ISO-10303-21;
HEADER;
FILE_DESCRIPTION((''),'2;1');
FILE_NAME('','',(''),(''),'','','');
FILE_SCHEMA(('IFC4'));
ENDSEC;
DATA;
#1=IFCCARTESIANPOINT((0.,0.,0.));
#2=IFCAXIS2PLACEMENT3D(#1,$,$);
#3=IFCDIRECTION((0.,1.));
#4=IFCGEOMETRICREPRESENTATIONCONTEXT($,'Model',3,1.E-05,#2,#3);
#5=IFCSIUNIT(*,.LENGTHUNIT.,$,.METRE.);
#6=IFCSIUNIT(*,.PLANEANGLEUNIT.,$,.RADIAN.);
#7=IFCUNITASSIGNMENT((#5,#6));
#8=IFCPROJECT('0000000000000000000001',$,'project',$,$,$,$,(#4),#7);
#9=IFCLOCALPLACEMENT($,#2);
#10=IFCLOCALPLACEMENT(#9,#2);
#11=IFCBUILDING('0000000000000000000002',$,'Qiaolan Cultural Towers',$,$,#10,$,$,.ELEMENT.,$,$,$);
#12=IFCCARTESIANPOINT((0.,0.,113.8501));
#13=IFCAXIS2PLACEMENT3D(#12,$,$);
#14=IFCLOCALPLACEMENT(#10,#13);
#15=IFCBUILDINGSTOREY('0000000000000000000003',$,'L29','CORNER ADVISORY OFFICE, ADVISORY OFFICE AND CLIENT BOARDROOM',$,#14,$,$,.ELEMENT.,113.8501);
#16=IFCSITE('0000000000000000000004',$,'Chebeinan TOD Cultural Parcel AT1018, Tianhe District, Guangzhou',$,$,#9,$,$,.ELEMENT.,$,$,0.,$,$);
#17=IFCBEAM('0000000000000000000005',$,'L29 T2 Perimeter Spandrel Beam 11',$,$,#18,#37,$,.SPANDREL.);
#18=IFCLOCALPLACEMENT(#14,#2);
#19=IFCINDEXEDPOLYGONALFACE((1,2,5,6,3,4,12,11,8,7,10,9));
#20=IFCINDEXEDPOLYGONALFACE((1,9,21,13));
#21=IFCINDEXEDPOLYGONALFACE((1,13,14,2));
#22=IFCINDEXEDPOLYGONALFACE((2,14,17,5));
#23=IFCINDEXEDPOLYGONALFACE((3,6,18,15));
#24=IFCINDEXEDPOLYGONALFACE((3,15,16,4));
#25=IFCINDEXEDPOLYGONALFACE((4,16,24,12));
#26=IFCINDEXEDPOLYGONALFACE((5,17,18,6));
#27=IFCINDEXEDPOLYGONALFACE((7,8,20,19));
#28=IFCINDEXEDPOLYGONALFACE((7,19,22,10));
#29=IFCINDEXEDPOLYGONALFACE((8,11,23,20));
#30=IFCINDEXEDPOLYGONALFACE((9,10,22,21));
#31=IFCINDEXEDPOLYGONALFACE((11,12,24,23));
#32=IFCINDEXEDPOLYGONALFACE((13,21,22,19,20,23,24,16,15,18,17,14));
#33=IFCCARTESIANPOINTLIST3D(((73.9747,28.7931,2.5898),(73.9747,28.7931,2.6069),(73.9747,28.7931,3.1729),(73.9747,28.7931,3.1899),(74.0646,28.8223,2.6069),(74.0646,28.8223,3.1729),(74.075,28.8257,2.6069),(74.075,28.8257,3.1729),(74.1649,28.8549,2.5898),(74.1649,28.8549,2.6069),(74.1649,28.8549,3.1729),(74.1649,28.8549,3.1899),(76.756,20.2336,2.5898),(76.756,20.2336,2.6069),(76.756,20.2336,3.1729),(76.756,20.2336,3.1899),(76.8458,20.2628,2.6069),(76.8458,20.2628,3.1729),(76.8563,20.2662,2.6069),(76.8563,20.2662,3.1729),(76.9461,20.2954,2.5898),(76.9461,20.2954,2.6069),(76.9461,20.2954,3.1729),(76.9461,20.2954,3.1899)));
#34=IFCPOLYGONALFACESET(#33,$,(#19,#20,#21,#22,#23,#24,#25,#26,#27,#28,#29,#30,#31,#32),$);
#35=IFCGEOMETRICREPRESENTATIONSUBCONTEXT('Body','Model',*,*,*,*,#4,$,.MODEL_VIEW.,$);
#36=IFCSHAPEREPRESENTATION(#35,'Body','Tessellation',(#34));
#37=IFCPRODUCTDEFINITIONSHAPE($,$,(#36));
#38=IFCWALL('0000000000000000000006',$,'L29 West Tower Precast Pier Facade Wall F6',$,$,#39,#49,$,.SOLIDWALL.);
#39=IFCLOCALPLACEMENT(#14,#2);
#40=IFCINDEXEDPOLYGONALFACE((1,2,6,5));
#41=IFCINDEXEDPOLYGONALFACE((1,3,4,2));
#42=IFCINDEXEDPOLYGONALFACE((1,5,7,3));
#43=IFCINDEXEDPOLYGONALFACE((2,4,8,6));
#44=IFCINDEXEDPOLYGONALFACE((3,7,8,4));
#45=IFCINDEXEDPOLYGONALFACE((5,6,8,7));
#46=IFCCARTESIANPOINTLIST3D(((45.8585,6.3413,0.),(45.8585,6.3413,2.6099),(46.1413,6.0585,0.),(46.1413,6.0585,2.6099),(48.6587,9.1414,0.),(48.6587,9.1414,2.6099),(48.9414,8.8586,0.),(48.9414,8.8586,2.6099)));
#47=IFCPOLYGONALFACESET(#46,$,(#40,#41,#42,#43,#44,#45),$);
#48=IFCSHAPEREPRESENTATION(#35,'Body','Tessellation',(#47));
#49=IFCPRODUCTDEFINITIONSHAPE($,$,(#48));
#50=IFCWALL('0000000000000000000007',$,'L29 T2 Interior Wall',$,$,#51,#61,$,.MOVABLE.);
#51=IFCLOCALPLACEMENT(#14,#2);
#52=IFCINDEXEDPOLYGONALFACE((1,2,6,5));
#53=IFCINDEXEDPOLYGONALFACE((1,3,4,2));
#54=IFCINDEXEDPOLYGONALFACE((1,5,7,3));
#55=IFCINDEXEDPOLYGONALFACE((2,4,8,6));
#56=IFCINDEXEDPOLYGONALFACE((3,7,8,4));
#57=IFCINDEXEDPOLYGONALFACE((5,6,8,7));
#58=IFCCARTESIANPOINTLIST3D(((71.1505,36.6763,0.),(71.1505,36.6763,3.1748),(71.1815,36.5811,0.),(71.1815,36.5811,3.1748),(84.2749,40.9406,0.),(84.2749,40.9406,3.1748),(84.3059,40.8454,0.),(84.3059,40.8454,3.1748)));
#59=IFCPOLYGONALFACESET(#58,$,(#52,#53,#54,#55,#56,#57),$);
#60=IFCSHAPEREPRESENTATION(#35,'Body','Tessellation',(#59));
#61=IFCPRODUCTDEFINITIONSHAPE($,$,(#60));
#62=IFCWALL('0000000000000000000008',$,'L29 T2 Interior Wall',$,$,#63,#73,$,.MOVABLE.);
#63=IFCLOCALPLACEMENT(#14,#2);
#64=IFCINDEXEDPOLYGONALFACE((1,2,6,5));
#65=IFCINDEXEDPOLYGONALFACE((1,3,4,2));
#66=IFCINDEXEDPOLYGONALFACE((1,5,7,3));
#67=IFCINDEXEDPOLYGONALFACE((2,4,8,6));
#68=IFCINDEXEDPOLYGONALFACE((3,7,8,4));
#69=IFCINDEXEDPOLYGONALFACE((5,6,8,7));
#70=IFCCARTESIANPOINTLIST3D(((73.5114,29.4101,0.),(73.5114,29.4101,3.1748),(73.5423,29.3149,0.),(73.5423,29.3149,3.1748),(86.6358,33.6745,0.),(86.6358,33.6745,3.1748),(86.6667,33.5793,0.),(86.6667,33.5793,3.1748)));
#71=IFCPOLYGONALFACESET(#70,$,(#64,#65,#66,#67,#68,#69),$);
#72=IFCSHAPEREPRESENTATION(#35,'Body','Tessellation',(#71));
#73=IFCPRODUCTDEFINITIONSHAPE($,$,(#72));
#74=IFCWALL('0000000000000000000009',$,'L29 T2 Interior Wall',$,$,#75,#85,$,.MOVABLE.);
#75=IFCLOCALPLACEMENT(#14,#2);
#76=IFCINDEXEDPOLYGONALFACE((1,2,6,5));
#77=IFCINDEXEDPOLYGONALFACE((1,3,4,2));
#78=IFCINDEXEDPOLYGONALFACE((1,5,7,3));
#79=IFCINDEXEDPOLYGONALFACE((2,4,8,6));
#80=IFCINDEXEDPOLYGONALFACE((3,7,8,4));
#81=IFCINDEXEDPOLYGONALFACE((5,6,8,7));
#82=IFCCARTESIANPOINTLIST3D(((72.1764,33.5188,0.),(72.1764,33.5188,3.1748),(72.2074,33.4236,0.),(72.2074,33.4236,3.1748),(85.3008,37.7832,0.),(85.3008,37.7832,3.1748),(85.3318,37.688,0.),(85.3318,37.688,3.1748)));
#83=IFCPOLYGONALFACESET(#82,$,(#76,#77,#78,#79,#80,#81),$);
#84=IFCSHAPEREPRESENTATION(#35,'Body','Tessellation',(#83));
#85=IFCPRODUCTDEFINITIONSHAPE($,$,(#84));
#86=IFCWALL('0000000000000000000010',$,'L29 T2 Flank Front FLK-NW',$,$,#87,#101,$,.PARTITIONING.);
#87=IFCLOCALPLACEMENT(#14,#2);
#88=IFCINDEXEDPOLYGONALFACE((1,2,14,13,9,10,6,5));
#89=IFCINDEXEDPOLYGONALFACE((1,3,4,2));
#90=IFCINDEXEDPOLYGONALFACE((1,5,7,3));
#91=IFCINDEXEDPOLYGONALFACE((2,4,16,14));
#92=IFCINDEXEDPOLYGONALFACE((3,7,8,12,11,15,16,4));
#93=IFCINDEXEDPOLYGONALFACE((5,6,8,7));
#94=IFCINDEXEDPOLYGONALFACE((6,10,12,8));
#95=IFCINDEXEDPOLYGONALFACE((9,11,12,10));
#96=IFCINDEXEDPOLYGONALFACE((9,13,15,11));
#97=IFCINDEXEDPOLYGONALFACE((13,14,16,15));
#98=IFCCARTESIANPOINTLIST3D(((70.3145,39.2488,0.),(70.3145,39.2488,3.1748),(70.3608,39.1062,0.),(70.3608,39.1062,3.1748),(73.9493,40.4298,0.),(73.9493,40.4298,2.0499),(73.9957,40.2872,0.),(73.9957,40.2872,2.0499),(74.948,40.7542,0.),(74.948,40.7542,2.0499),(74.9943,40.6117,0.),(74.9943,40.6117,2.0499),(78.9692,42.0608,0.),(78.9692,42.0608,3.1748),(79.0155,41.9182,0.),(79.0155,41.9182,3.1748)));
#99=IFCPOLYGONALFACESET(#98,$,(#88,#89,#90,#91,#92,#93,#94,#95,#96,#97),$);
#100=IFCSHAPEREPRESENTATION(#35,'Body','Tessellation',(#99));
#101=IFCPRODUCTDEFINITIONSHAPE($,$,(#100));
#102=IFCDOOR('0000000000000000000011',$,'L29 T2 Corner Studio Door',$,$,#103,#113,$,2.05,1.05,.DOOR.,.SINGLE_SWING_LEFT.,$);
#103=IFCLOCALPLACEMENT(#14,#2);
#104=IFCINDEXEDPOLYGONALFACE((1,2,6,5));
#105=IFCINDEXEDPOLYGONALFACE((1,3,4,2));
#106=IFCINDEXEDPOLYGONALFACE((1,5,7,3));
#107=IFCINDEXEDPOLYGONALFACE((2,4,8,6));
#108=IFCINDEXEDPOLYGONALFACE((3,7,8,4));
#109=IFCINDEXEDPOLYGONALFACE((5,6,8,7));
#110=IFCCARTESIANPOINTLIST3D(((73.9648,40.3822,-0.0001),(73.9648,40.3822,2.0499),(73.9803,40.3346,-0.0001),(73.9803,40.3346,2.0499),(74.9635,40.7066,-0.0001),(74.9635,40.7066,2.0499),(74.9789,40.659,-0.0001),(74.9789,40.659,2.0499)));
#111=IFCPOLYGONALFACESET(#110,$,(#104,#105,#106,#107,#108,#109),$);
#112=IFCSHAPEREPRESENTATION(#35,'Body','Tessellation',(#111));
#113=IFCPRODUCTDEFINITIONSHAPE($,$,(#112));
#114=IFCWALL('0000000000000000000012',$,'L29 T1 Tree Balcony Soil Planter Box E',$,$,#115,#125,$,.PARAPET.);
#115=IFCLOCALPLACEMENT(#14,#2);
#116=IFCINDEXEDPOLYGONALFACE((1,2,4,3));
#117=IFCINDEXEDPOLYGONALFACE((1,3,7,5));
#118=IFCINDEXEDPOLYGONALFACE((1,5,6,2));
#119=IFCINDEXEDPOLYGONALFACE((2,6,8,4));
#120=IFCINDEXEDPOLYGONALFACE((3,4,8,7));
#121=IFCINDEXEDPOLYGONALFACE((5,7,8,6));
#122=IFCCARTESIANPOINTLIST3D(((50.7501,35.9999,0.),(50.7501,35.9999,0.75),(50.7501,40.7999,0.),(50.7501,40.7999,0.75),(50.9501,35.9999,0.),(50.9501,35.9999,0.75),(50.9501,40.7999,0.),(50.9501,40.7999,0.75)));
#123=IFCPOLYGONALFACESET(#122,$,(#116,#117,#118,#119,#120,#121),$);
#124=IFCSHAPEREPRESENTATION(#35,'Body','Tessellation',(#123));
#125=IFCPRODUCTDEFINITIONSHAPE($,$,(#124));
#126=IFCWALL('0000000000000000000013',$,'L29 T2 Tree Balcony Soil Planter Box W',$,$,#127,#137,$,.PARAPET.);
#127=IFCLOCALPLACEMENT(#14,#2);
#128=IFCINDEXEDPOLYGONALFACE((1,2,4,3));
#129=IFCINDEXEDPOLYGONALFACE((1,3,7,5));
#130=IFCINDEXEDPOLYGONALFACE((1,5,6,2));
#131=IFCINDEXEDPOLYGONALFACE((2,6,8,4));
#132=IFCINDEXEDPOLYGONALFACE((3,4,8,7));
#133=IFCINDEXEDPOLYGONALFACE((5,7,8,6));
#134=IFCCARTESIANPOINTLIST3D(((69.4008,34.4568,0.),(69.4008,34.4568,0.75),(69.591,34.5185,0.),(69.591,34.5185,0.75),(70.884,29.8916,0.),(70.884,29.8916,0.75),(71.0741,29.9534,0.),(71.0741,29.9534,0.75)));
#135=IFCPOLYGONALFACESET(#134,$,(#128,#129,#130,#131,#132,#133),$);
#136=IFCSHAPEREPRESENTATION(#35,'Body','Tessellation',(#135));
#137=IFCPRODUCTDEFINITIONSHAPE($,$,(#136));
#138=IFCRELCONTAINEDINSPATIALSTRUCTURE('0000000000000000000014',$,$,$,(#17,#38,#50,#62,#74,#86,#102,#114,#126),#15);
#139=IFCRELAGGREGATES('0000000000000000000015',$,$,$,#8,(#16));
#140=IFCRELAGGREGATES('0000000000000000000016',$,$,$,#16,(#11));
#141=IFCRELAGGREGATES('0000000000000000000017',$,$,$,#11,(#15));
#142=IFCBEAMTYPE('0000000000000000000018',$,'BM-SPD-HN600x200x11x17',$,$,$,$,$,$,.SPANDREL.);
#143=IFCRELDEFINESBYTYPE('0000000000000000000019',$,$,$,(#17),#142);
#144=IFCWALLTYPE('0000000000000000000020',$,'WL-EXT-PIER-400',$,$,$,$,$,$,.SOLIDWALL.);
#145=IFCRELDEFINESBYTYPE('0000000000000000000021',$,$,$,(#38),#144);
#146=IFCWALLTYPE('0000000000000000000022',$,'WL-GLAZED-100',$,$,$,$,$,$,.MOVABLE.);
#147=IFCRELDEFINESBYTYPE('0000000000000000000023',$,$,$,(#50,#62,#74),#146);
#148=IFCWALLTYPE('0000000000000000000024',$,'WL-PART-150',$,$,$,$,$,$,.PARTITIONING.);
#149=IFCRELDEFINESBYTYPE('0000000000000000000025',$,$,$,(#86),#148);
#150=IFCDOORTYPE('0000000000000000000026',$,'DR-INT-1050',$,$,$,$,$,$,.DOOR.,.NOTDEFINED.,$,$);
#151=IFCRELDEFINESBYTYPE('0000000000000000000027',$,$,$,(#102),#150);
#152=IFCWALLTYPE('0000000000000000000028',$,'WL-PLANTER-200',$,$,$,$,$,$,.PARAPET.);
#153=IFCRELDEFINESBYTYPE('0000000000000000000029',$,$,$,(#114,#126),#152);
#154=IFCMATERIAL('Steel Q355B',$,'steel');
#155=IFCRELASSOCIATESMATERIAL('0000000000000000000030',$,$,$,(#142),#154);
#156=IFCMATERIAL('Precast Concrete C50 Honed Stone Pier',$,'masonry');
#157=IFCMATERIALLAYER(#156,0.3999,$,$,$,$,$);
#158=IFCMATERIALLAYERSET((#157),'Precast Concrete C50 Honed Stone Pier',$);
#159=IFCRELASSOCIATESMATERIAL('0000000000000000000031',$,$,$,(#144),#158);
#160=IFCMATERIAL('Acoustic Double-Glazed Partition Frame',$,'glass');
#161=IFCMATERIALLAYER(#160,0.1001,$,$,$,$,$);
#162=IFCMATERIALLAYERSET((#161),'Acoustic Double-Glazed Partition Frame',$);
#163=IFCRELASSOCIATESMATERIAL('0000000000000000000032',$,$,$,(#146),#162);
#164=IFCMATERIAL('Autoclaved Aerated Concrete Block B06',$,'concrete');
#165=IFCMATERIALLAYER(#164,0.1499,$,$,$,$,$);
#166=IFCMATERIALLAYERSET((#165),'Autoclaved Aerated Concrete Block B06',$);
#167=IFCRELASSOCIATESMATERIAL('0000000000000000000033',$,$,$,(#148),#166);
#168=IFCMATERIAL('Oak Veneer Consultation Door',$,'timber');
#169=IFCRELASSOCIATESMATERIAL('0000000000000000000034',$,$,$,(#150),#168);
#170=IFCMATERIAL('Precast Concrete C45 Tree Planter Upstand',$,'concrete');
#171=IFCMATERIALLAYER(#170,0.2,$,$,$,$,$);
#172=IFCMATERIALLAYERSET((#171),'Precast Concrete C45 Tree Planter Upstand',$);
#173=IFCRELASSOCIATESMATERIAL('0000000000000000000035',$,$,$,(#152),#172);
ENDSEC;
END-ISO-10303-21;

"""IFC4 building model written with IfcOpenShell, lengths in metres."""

from ifc_helpers import new_model, si_unit, direction, frame, frame_2d, origin, origin_2d, place, context, subcontext, project, spatial, rectangle, i_section, extrude, material, layer, layer_set, material_profile, profile_set, type_object, element, fill, save


model = new_model("IFC4")

# Units and contexts
model_context = context("Model", 3, precision=1e-05, world=origin(), true_north=direction((0.0, 1.0)))
body_context = subcontext(model_context, "Body", "Model", "MODEL_VIEW")
ifc_project = project(units=[si_unit("LENGTHUNIT", "METRE"), si_unit("PLANEANGLEUNIT", "RADIAN")], contexts=[model_context])

# Site, building, storey
site_placement = place(None, origin())
site = spatial("IfcSite", under=ifc_project, at=site_placement, Name="Chebeinan TOD Cultural Parcel AT1018, Tianhe District, Guangzhou", CompositionType="ELEMENT", RefElevation=0.0)
building_placement = place(site_placement, origin())
building = spatial("IfcBuilding", under=site, at=building_placement, Name="Qiaolan Cultural Towers", CompositionType="ELEMENT")
storey_placement = place(building_placement, frame((0.0, 0.0, 113.8501)))
storey = spatial("IfcBuildingStorey", under=building, at=storey_placement, Name="L29", Description="CORNER ADVISORY OFFICE, ADVISORY OFFICE AND CLIENT BOARDROOM", CompositionType="ELEMENT", Elevation=113.8501)

# Beam
ifc_material_1 = material(Name="Steel Q355B", Category="steel")
ifc_material_profile_1 = material_profile(ifc_material_1, i_section(OverallWidth=0.2, OverallDepth=0.6001, WebThickness=0.011, FlangeThickness=0.0171, at=origin_2d()), Name="HN600x200x11x17")
ifc_profile_set_1 = profile_set([ifc_material_profile_1], Name="Steel Q355B")
beam_type_1 = type_object("IfcBeamType", Name="BM-SPD-HN600x200x11x17", PredefinedType="SPANDREL", material=ifc_profile_set_1)
for number, where, z_axis, x_axis, name in (
    (1, (74.0698, 28.824, 2.8899), (0.309025, -0.951054, 0.0), (0.951054, 0.309025, 0.0), "L29 T2 Perimeter Spandrel Beam 11"),
):
    element("IfcBeam", number, at=place(storey_placement, frame(where, z_axis=z_axis, x_axis=x_axis)), inside=storey, type_object=beam_type_1, Name=name, PredefinedType="SPANDREL", context=body_context, shape_type="SweptSolid", body=[
        extrude(i_section(OverallWidth=0.2, OverallDepth=0.6001, WebThickness=0.011, FlangeThickness=0.0171, at=origin_2d()), origin(), (0.0, 0.0, 1.0), 9.0),
    ])

# Walls
ifc_material_2 = material(Name="Precast Concrete C50 Honed Stone Pier", Category="masonry")
ifc_layer_1 = layer(ifc_material_2, 0.3999)
ifc_layer_set_1 = layer_set([ifc_layer_1], Name="Precast Concrete C50 Honed Stone Pier")
wall_type_1 = type_object("IfcWallType", Name="WL-EXT-PIER-400", PredefinedType="SOLIDWALL", material=ifc_layer_set_1)
wall_1_placement = place(storey_placement, frame((48.8, 9.0, 0.0), z_axis=(0.0, 0.0, 1.0), x_axis=(-0.707107, -0.707107, 0.0)))
element("IfcWall", 2, at=wall_1_placement, inside=storey, type_object=wall_type_1, Name="L29 West Tower Precast Pier Facade Wall F6", PredefinedType="SOLIDWALL", context=body_context, shape_type="SweptSolid", body=[
    extrude(rectangle(XDim=3.96, YDim=0.3999, at=frame_2d((1.98, 0.0))), origin(), (0.0, 0.0, 1.0), 2.6099),
])
ifc_material_3 = material(Name="Acoustic Double-Glazed Partition Frame", Category="glass")
ifc_layer_2 = layer(ifc_material_3, 0.1001)
ifc_layer_set_2 = layer_set([ifc_layer_2], Name="Acoustic Double-Glazed Partition Frame")
wall_type_2 = type_object("IfcWallType", Name="WL-GLAZED-100", PredefinedType="MOVABLE", material=ifc_layer_set_2)
for number, where, z_axis, x_axis, name in (
    (3, (71.166, 36.6287, 0.0), (0.0, 0.0, 1.0), (0.951057, 0.309016, 0.0), "L29 T2 Interior Wall"),
    (4, (73.5269, 29.3625, 0.0), (0.0, 0.0, 1.0), (0.951057, 0.309016, 0.0), "L29 T2 Interior Wall"),
    (5, (72.1919, 33.4712, 0.0), (0.0, 0.0, 1.0), (0.951057, 0.309016, 0.0), "L29 T2 Interior Wall"),
):
    element("IfcWall", number, at=place(storey_placement, frame(where, z_axis=z_axis, x_axis=x_axis)), inside=storey, type_object=wall_type_2, Name=name, PredefinedType="MOVABLE", context=body_context, shape_type="SweptSolid", body=[
        extrude(rectangle(XDim=13.7998, YDim=0.1001, at=frame_2d((6.8999, 0.0))), origin(), (0.0, 0.0, 1.0), 3.1748),
    ])

# Wall, opening, door
ifc_material_4 = material(Name="Autoclaved Aerated Concrete Block B06", Category="concrete")
ifc_layer_3 = layer(ifc_material_4, 0.1499)
ifc_layer_set_3 = layer_set([ifc_layer_3], Name="Autoclaved Aerated Concrete Block B06")
wall_type_3 = type_object("IfcWallType", Name="WL-PART-150", PredefinedType="PARTITIONING", material=ifc_layer_set_3)
wall_2_placement = place(storey_placement, frame((70.3376, 39.1775, 0.0), z_axis=(0.0, 0.0, 1.0), x_axis=(0.95106, 0.309007, 0.0)))
wall_2 = element("IfcWall", 6, at=wall_2_placement, inside=storey, type_object=wall_type_3, Name="L29 T2 Flank Front FLK-NW", PredefinedType="PARTITIONING", context=body_context, shape_type="SweptSolid", body=[
    extrude(rectangle(XDim=9.1001, YDim=0.1499, at=frame_2d((4.55, 0.0))), origin(), (0.0, 0.0, 1.0), 3.1748),
])
opening_placement = place(wall_2_placement, frame((3.822, 0.0, 0.0)))
opening = element("IfcOpeningElement", 7, at=opening_placement, cuts=wall_2, PredefinedType="OPENING", context=body_context, shape_type="SweptSolid", body=[
    extrude(rectangle(XDim=1.05, YDim=2.05, at=frame_2d((0.5249, 1.0249))), frame((0.0, 0.085, 0.0), z_axis=(0.0, -1.0, 0.0), x_axis=(1.0, 0.0, 0.0)), (0.0, 0.0, 1.0), 0.1699),
])
ifc_material_5 = material(Name="Oak Veneer Consultation Door", Category="timber")
door_type = type_object("IfcDoorType", Name="DR-INT-1050", OperationType="NOTDEFINED", PredefinedType="DOOR", material=ifc_material_5)
door_placement = place(opening_placement, origin())
door = element("IfcDoor", 8, at=door_placement, inside=storey, type_object=door_type, Name="L29 T2 Corner Studio Door", OperationType="SINGLE_SWING_LEFT", OverallHeight=2.05, OverallWidth=1.05, PredefinedType="DOOR", context=body_context, shape_type="SweptSolid", body=[
    extrude(rectangle(XDim=1.05, YDim=2.05, at=frame_2d((0.5249, 1.0249))), frame((0.0, 0.0249, 0.0), z_axis=(0.0, -1.0, 0.0), x_axis=(1.0, 0.0, 0.0)), (0.0, 0.0, 1.0), 0.05),
])
fill(opening, door)

# Walls
ifc_material_6 = material(Name="Precast Concrete C45 Tree Planter Upstand", Category="concrete")
ifc_layer_4 = layer(ifc_material_6, 0.2)
ifc_layer_set_4 = layer_set([ifc_layer_4], Name="Precast Concrete C45 Tree Planter Upstand")
wall_type_4 = type_object("IfcWallType", Name="WL-PLANTER-200", PredefinedType="PARAPET", material=ifc_layer_set_4)
for number, where, z_axis, x_axis, name in (
    (9, (50.8501, 36.0, 0.0), (0.0, 0.0, 1.0), (0.0, 1.0, 0.0), "L29 T1 Tree Balcony Soil Planter Box E"),
    (10, (70.979, 29.9226, 0.0), (0.0, 0.0, 1.0), (-0.308986, 0.951067, 0.0), "L29 T2 Tree Balcony Soil Planter Box W"),
):
    element("IfcWall", number, at=place(storey_placement, frame(where, z_axis=z_axis, x_axis=x_axis)), inside=storey, type_object=wall_type_4, Name=name, PredefinedType="PARAPET", context=body_context, shape_type="SweptSolid", body=[
        extrude(rectangle(XDim=4.8, YDim=0.2, at=frame_2d((2.3999, 0.0))), origin(), (0.0, 0.0, 1.0), 0.75),
    ])

save(model, "model.ifc")
